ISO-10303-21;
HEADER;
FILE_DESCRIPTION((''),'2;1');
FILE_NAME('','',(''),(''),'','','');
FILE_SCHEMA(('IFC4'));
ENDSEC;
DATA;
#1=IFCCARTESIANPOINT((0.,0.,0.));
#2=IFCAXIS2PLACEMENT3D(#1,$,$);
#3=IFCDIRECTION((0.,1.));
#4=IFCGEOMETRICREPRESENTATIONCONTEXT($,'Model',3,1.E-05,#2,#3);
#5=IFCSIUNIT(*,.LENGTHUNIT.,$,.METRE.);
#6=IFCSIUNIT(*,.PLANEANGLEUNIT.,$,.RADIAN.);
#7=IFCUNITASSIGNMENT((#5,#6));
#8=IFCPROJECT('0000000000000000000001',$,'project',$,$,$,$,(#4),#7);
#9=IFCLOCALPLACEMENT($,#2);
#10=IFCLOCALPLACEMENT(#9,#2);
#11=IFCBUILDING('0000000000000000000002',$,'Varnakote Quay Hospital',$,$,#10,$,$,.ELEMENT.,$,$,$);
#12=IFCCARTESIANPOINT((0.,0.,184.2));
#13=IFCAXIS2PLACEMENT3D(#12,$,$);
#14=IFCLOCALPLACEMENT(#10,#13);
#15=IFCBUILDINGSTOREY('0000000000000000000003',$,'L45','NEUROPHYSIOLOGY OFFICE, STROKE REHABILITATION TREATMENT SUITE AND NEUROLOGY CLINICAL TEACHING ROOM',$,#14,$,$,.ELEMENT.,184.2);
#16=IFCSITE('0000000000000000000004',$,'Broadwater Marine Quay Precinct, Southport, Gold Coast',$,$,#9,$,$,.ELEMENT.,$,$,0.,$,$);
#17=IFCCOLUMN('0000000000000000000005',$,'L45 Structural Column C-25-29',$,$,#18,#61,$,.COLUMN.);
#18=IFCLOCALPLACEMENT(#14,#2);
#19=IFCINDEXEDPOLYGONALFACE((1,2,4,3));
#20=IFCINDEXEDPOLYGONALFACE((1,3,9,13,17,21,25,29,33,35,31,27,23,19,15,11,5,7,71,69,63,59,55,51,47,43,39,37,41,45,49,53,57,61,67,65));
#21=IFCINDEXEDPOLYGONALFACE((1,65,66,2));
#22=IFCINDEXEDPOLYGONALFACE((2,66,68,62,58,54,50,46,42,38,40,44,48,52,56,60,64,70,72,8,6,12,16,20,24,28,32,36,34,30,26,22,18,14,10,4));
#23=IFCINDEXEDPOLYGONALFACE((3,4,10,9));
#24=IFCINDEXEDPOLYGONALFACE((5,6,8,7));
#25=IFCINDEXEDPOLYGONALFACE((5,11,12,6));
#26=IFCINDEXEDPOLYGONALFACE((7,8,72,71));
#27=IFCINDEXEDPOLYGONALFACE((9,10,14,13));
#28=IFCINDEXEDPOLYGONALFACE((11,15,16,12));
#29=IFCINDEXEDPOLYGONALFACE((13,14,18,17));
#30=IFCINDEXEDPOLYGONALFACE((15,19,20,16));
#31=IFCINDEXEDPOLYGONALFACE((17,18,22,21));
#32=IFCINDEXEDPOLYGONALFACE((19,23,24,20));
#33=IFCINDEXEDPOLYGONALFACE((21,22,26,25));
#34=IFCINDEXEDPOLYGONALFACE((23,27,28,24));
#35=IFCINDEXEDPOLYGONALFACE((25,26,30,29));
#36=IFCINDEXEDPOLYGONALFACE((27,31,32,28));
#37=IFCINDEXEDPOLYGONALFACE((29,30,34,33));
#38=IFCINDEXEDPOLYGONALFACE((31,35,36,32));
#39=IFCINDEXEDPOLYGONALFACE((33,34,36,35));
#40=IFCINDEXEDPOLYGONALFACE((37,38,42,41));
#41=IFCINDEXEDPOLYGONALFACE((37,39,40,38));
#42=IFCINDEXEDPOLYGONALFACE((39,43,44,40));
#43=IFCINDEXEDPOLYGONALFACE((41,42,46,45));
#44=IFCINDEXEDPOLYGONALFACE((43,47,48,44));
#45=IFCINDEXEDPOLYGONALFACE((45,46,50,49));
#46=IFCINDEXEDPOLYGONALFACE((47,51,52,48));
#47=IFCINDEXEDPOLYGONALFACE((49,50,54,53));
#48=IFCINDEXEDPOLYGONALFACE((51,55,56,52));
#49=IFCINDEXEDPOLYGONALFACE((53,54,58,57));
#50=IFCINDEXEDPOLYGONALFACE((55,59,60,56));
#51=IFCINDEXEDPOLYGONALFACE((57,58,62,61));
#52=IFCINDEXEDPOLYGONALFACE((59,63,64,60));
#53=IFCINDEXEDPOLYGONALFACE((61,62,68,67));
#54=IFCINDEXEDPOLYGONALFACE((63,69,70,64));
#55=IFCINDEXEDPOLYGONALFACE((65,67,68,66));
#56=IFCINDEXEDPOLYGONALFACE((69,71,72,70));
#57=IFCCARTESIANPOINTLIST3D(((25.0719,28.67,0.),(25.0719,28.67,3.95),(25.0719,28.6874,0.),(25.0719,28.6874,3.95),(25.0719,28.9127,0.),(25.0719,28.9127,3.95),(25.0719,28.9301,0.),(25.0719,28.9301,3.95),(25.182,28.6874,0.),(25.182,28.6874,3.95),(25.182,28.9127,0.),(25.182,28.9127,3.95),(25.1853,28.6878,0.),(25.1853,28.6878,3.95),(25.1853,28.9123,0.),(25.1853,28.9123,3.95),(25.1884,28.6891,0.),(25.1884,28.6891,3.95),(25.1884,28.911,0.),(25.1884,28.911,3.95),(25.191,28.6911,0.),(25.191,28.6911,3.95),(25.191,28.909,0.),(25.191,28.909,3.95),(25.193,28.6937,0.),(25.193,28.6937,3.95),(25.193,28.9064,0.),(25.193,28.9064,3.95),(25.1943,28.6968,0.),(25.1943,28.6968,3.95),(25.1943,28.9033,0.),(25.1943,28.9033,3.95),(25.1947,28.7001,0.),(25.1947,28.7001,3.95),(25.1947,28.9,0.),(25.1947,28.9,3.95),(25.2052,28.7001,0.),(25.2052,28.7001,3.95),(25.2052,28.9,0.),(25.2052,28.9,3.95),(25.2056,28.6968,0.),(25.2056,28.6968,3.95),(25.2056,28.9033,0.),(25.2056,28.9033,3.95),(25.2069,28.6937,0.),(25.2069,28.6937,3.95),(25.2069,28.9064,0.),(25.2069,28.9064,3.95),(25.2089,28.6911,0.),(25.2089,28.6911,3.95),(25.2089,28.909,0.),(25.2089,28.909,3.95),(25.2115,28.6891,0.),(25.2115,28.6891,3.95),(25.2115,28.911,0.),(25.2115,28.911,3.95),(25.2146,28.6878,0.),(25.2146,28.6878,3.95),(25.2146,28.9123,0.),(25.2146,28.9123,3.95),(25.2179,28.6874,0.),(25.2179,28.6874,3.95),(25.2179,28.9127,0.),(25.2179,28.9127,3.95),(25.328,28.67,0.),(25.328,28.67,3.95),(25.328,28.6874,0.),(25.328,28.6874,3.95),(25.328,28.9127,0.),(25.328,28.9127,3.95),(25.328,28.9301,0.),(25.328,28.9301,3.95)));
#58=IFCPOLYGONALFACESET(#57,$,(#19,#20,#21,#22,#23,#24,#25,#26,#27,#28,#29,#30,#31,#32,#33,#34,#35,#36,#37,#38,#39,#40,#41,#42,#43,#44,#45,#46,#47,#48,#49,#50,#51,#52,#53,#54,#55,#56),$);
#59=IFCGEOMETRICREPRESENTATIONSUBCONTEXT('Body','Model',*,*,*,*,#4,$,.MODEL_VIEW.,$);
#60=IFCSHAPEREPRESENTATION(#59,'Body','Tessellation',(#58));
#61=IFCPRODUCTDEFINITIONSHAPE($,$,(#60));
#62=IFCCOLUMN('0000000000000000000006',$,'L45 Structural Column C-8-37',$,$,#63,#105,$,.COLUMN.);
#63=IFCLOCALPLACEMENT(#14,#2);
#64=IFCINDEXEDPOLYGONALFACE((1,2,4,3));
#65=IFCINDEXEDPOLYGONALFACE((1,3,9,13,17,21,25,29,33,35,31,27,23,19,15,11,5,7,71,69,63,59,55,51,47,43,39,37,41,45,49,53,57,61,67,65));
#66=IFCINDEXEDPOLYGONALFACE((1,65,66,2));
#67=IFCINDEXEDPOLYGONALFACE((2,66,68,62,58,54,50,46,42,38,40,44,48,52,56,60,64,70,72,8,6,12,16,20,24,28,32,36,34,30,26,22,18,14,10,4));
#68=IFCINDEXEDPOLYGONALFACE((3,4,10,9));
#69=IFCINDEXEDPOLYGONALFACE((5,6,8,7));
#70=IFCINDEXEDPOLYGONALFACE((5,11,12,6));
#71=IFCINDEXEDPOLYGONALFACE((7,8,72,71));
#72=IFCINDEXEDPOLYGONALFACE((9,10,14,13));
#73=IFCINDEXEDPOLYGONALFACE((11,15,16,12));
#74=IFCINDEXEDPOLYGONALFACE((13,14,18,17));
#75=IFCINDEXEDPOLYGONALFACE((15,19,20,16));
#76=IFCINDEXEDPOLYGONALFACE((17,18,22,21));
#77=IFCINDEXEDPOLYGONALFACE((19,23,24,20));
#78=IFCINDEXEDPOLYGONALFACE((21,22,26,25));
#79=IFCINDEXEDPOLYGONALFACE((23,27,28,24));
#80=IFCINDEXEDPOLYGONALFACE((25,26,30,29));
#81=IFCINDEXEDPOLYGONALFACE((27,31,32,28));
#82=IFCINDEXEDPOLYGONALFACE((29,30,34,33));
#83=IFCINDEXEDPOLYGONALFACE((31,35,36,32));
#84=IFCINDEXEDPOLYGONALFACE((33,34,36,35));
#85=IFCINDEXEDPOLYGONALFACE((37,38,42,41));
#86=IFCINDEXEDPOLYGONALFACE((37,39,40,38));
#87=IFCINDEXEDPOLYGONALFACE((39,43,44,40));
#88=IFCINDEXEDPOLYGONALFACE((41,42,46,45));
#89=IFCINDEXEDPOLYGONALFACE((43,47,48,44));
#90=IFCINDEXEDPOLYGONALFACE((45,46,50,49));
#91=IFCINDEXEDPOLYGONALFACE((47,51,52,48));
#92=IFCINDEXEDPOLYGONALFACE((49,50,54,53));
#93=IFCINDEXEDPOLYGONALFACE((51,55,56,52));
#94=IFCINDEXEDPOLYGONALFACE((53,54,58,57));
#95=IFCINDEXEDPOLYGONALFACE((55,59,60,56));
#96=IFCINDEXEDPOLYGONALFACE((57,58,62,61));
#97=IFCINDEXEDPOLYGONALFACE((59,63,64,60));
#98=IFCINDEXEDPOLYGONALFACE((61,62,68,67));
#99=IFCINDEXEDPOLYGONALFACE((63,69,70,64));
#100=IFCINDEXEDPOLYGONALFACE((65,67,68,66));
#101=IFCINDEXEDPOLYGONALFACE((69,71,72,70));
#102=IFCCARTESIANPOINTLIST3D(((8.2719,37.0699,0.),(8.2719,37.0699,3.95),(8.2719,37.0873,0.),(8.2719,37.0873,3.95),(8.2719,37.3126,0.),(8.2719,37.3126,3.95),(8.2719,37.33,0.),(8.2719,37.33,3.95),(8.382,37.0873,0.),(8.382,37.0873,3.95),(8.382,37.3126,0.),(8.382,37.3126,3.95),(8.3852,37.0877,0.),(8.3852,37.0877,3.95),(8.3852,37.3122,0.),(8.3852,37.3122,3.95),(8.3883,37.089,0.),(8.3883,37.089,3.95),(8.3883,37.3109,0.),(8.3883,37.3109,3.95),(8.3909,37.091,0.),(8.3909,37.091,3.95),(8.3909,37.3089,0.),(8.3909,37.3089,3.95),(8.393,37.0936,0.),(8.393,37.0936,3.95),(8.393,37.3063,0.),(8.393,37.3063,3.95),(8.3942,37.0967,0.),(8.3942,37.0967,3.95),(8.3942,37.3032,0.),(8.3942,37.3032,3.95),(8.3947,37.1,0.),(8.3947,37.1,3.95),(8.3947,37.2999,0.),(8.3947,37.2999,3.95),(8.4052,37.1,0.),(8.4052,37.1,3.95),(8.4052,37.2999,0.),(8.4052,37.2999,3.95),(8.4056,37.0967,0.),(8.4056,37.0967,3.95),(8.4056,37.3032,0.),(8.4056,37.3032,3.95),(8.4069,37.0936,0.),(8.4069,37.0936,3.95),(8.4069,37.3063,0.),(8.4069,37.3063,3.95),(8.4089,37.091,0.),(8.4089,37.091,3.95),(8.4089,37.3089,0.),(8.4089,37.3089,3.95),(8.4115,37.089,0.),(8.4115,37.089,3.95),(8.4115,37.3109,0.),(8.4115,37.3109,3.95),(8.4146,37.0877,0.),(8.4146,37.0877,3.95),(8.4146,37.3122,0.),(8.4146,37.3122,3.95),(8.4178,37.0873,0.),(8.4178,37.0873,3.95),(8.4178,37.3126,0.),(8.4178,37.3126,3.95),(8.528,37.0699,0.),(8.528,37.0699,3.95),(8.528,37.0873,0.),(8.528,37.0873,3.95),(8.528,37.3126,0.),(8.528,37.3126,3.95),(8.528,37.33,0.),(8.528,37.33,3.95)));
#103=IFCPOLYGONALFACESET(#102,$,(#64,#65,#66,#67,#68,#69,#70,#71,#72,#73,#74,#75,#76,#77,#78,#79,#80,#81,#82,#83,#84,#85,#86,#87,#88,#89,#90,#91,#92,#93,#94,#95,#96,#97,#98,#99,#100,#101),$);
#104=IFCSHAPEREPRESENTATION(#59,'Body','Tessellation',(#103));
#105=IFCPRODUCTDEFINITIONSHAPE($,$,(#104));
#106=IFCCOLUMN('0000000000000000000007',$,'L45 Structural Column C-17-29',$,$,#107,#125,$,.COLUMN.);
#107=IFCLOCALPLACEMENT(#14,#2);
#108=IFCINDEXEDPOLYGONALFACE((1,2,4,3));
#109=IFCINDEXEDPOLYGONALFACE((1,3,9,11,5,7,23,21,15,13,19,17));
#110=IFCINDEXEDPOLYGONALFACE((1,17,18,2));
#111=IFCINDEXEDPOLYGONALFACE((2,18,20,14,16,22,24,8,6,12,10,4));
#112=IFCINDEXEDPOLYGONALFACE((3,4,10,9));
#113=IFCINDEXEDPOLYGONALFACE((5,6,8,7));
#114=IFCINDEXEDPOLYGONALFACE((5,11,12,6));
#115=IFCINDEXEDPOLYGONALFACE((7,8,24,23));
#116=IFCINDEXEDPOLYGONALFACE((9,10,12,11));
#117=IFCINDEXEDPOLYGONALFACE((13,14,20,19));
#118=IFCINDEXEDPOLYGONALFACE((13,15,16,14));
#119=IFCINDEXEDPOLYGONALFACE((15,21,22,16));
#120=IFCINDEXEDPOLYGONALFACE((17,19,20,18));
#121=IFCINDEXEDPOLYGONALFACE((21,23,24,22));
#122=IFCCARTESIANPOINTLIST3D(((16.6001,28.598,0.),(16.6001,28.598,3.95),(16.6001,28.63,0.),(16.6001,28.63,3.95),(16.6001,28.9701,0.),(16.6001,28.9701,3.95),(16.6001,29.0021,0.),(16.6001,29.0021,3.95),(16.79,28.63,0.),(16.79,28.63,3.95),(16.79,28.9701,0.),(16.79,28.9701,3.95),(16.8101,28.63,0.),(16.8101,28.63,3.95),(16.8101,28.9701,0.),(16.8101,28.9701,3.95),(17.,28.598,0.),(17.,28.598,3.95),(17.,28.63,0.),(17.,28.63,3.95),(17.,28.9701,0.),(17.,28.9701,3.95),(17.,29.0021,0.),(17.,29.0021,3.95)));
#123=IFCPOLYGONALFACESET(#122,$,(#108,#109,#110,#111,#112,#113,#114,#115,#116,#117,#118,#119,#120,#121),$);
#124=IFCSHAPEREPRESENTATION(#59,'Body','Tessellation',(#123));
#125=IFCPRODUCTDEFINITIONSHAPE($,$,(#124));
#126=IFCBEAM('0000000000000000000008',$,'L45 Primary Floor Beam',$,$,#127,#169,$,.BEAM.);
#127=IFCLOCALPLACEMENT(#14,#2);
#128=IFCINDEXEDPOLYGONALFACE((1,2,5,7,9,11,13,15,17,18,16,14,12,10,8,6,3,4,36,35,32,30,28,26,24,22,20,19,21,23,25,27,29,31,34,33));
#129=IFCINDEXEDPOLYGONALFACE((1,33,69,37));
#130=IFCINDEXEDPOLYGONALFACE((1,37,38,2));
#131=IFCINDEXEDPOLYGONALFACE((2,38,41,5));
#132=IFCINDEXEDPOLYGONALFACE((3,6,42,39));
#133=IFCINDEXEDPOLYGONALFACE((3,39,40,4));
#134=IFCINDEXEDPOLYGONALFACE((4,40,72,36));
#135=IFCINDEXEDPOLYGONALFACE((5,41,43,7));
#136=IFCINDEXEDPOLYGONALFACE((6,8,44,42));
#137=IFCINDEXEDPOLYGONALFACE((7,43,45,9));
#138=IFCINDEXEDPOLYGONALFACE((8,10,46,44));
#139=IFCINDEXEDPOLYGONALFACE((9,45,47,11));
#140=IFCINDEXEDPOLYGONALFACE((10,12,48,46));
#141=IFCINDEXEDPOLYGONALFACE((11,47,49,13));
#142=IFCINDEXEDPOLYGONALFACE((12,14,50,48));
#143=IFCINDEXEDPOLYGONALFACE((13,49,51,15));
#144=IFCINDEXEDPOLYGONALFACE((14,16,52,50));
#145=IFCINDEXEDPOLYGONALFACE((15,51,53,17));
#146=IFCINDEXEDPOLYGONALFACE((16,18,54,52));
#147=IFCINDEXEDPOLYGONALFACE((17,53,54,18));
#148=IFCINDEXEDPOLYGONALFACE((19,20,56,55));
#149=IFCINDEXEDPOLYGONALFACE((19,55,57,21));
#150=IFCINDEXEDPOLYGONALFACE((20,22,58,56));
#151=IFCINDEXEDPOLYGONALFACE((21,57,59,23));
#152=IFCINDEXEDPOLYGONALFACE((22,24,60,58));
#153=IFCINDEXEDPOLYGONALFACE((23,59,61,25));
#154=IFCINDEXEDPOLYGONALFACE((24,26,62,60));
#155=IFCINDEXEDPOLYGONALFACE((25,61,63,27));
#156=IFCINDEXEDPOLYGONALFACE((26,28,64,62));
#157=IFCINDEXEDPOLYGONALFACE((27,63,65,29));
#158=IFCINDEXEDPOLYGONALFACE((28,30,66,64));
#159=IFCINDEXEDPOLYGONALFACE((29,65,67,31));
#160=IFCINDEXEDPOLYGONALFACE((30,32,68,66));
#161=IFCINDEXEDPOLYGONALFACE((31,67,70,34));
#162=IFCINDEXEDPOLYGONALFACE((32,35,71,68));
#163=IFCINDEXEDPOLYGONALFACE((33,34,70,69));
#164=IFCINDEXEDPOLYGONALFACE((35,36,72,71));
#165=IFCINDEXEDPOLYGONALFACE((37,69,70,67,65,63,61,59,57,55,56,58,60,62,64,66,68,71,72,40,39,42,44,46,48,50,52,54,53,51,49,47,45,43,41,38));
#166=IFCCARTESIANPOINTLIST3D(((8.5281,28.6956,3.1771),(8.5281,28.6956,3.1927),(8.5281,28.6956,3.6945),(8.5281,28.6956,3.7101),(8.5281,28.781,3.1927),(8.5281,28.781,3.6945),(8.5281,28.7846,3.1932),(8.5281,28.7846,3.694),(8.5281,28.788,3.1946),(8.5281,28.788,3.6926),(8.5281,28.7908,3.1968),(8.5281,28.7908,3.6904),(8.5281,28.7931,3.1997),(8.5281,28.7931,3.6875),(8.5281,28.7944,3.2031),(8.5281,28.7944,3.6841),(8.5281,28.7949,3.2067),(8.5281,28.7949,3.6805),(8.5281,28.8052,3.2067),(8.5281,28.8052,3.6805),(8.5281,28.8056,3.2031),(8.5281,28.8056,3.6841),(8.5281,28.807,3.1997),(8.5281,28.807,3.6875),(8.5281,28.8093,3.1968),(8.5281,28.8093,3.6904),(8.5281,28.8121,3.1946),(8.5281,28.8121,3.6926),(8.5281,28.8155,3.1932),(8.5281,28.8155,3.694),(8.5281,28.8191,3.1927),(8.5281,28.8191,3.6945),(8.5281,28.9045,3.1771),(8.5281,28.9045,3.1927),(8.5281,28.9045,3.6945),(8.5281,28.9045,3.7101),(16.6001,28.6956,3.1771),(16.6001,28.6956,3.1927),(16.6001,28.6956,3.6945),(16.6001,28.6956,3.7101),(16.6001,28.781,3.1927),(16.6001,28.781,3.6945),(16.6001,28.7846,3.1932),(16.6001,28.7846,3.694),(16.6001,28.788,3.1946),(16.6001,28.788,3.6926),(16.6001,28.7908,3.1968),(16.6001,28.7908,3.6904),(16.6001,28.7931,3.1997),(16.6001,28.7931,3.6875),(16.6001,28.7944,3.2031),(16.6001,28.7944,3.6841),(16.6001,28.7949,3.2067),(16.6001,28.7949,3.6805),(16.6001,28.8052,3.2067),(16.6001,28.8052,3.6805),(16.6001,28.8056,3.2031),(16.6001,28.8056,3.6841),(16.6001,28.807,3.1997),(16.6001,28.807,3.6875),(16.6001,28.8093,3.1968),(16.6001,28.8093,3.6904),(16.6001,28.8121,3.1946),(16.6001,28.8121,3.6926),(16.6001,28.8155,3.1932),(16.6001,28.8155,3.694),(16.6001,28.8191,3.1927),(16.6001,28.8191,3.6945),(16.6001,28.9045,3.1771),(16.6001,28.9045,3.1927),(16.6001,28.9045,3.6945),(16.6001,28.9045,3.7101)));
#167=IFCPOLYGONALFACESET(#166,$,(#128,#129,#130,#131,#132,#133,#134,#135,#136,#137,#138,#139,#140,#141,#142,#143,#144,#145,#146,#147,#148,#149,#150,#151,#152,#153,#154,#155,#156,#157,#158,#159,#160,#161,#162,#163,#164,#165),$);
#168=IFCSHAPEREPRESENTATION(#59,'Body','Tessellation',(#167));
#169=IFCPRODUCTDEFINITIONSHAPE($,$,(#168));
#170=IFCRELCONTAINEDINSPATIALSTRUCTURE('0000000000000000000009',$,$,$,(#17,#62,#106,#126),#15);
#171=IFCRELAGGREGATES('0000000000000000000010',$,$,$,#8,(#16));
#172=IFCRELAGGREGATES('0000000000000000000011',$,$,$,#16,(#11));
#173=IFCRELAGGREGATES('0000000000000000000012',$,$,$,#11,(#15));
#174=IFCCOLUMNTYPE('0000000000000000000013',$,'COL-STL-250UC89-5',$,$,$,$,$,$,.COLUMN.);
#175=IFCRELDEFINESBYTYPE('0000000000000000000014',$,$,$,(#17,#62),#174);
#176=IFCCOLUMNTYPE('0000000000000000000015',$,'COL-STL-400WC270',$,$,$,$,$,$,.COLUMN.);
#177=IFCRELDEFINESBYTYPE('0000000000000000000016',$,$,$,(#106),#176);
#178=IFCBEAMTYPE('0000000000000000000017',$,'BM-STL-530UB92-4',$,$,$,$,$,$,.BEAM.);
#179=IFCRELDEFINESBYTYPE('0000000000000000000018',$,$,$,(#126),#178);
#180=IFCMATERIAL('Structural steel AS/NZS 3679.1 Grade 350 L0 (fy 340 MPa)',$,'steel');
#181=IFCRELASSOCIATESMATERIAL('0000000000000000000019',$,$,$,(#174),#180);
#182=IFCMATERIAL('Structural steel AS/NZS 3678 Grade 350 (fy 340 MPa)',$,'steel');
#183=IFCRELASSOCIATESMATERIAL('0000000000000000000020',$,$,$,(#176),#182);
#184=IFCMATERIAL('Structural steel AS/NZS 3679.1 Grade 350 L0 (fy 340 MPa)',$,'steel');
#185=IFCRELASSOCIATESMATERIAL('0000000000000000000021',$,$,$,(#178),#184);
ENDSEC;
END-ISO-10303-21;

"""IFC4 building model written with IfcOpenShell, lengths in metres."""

from ifc_helpers import new_model, si_unit, direction, frame, origin, origin_2d, place, context, subcontext, project, spatial, i_section, extrude, material, material_profile, profile_set, type_object, element, save


model = new_model("IFC4")

# Units and contexts
model_context = context("Model", 3, precision=1e-05, world=origin(), true_north=direction((0.0, 1.0)))
body_context = subcontext(model_context, "Body", "Model", "MODEL_VIEW")
ifc_project = project(units=[si_unit("LENGTHUNIT", "METRE"), si_unit("PLANEANGLEUNIT", "RADIAN")], contexts=[model_context])

# Site, building, storey
site_placement = place(None, origin())
site = spatial("IfcSite", under=ifc_project, at=site_placement, Name="Broadwater Marine Quay Precinct, Southport, Gold Coast", CompositionType="ELEMENT", RefElevation=0.0)
building_placement = place(site_placement, origin())
building = spatial("IfcBuilding", under=site, at=building_placement, Name="Varnakote Quay Hospital", CompositionType="ELEMENT")
storey_placement = place(building_placement, frame((0.0, 0.0, 184.2)))
storey = spatial("IfcBuildingStorey", under=building, at=storey_placement, Name="L45", Description="NEUROPHYSIOLOGY OFFICE, STROKE REHABILITATION TREATMENT SUITE AND NEUROLOGY CLINICAL TEACHING ROOM", CompositionType="ELEMENT", Elevation=184.2)

# Columns
ifc_material_1 = material(Name="Structural steel AS/NZS 3679.1 Grade 350 L0 (fy 340 MPa)", Category="steel")
ifc_material_profile_1 = material_profile(ifc_material_1, i_section(OverallWidth=0.2561, OverallDepth=0.26, WebThickness=0.0105, FlangeThickness=0.0173, FilletRadius=0.0127, at=origin_2d()), Name="250UC89.5")
ifc_profile_set_1 = profile_set([ifc_material_profile_1], Name="Structural steel AS/NZS 3679.1 Grade 350 L0 (fy 340 MPa)")
column_type_1 = type_object("IfcColumnType", Name="COL-STL-250UC89-5", PredefinedType="COLUMN", material=ifc_profile_set_1)
for number, where, z_axis, x_axis, name in (
    (1, (25.2, 28.8, 0.0), (0.0, 0.0, 1.0), (1.0, 0.0, 0.0), "L45 Structural Column C-25-29"),
    (2, (8.3999, 37.2, 0.0), (0.0, 0.0, 1.0), (1.0, 0.0, 0.0), "L45 Structural Column C-8-37"),
):
    element("IfcColumn", number, at=place(storey_placement, frame(where, z_axis=z_axis, x_axis=x_axis)), inside=storey, type_object=column_type_1, Name=name, PredefinedType="COLUMN", context=body_context, shape_type="SweptSolid", body=[
        extrude(i_section(OverallWidth=0.2561, OverallDepth=0.26, WebThickness=0.0105, FlangeThickness=0.0173, FilletRadius=0.0127, at=origin_2d()), origin(), (0.0, 0.0, 1.0), 3.95),
    ])
ifc_material_2 = material(Name="Structural steel AS/NZS 3678 Grade 350 (fy 340 MPa)", Category="steel")
ifc_material_profile_2 = material_profile(ifc_material_2, i_section(OverallWidth=0.3999, OverallDepth=0.4041, WebThickness=0.02, FlangeThickness=0.032, at=origin_2d()), Name="400WC270")
ifc_profile_set_2 = profile_set([ifc_material_profile_2], Name="Structural steel AS/NZS 3678 Grade 350 (fy 340 MPa)")
column_type_2 = type_object("IfcColumnType", Name="COL-STL-400WC270", PredefinedType="COLUMN", material=ifc_profile_set_2)
column_placement = place(storey_placement, frame((16.8, 28.8, 0.0), z_axis=(0.0, 0.0, 1.0), x_axis=(1.0, 0.0, 0.0)))
element("IfcColumn", 3, at=column_placement, inside=storey, type_object=column_type_2, Name="L45 Structural Column C-17-29", PredefinedType="COLUMN", context=body_context, shape_type="SweptSolid", body=[
    extrude(i_section(OverallWidth=0.3999, OverallDepth=0.4041, WebThickness=0.02, FlangeThickness=0.032, at=origin_2d()), origin(), (0.0, 0.0, 1.0), 3.95),
])

# Beam
ifc_material_3 = material(Name="Structural steel AS/NZS 3679.1 Grade 350 L0 (fy 340 MPa)", Category="steel")
ifc_material_profile_3 = material_profile(ifc_material_3, i_section(OverallWidth=0.209, OverallDepth=0.533, WebThickness=0.0103, FlangeThickness=0.0156, FilletRadius=0.0139, at=origin_2d()), Name="530UB92.4")
ifc_profile_set_3 = profile_set([ifc_material_profile_3], Name="Structural steel AS/NZS 3679.1 Grade 350 L0 (fy 340 MPa)")
beam_type_1 = type_object("IfcBeamType", Name="BM-STL-530UB92-4", PredefinedType="BEAM", material=ifc_profile_set_3)
for number, where, z_axis, x_axis, name in (
    (4, (8.5281, 28.8, 3.4436), (1.0, 0.0, 0.0), (0.0, 1.0, 0.0), "L45 Primary Floor Beam"),
):
    element("IfcBeam", number, at=place(storey_placement, frame(where, z_axis=z_axis, x_axis=x_axis)), inside=storey, type_object=beam_type_1, Name=name, PredefinedType="BEAM", context=body_context, shape_type="SweptSolid", body=[
        extrude(i_section(OverallWidth=0.209, OverallDepth=0.533, WebThickness=0.0103, FlangeThickness=0.0156, FilletRadius=0.0139, at=origin_2d()), origin(), (0.0, 0.0, 1.0), 8.072),
    ])

save(model, "model.ifc")
